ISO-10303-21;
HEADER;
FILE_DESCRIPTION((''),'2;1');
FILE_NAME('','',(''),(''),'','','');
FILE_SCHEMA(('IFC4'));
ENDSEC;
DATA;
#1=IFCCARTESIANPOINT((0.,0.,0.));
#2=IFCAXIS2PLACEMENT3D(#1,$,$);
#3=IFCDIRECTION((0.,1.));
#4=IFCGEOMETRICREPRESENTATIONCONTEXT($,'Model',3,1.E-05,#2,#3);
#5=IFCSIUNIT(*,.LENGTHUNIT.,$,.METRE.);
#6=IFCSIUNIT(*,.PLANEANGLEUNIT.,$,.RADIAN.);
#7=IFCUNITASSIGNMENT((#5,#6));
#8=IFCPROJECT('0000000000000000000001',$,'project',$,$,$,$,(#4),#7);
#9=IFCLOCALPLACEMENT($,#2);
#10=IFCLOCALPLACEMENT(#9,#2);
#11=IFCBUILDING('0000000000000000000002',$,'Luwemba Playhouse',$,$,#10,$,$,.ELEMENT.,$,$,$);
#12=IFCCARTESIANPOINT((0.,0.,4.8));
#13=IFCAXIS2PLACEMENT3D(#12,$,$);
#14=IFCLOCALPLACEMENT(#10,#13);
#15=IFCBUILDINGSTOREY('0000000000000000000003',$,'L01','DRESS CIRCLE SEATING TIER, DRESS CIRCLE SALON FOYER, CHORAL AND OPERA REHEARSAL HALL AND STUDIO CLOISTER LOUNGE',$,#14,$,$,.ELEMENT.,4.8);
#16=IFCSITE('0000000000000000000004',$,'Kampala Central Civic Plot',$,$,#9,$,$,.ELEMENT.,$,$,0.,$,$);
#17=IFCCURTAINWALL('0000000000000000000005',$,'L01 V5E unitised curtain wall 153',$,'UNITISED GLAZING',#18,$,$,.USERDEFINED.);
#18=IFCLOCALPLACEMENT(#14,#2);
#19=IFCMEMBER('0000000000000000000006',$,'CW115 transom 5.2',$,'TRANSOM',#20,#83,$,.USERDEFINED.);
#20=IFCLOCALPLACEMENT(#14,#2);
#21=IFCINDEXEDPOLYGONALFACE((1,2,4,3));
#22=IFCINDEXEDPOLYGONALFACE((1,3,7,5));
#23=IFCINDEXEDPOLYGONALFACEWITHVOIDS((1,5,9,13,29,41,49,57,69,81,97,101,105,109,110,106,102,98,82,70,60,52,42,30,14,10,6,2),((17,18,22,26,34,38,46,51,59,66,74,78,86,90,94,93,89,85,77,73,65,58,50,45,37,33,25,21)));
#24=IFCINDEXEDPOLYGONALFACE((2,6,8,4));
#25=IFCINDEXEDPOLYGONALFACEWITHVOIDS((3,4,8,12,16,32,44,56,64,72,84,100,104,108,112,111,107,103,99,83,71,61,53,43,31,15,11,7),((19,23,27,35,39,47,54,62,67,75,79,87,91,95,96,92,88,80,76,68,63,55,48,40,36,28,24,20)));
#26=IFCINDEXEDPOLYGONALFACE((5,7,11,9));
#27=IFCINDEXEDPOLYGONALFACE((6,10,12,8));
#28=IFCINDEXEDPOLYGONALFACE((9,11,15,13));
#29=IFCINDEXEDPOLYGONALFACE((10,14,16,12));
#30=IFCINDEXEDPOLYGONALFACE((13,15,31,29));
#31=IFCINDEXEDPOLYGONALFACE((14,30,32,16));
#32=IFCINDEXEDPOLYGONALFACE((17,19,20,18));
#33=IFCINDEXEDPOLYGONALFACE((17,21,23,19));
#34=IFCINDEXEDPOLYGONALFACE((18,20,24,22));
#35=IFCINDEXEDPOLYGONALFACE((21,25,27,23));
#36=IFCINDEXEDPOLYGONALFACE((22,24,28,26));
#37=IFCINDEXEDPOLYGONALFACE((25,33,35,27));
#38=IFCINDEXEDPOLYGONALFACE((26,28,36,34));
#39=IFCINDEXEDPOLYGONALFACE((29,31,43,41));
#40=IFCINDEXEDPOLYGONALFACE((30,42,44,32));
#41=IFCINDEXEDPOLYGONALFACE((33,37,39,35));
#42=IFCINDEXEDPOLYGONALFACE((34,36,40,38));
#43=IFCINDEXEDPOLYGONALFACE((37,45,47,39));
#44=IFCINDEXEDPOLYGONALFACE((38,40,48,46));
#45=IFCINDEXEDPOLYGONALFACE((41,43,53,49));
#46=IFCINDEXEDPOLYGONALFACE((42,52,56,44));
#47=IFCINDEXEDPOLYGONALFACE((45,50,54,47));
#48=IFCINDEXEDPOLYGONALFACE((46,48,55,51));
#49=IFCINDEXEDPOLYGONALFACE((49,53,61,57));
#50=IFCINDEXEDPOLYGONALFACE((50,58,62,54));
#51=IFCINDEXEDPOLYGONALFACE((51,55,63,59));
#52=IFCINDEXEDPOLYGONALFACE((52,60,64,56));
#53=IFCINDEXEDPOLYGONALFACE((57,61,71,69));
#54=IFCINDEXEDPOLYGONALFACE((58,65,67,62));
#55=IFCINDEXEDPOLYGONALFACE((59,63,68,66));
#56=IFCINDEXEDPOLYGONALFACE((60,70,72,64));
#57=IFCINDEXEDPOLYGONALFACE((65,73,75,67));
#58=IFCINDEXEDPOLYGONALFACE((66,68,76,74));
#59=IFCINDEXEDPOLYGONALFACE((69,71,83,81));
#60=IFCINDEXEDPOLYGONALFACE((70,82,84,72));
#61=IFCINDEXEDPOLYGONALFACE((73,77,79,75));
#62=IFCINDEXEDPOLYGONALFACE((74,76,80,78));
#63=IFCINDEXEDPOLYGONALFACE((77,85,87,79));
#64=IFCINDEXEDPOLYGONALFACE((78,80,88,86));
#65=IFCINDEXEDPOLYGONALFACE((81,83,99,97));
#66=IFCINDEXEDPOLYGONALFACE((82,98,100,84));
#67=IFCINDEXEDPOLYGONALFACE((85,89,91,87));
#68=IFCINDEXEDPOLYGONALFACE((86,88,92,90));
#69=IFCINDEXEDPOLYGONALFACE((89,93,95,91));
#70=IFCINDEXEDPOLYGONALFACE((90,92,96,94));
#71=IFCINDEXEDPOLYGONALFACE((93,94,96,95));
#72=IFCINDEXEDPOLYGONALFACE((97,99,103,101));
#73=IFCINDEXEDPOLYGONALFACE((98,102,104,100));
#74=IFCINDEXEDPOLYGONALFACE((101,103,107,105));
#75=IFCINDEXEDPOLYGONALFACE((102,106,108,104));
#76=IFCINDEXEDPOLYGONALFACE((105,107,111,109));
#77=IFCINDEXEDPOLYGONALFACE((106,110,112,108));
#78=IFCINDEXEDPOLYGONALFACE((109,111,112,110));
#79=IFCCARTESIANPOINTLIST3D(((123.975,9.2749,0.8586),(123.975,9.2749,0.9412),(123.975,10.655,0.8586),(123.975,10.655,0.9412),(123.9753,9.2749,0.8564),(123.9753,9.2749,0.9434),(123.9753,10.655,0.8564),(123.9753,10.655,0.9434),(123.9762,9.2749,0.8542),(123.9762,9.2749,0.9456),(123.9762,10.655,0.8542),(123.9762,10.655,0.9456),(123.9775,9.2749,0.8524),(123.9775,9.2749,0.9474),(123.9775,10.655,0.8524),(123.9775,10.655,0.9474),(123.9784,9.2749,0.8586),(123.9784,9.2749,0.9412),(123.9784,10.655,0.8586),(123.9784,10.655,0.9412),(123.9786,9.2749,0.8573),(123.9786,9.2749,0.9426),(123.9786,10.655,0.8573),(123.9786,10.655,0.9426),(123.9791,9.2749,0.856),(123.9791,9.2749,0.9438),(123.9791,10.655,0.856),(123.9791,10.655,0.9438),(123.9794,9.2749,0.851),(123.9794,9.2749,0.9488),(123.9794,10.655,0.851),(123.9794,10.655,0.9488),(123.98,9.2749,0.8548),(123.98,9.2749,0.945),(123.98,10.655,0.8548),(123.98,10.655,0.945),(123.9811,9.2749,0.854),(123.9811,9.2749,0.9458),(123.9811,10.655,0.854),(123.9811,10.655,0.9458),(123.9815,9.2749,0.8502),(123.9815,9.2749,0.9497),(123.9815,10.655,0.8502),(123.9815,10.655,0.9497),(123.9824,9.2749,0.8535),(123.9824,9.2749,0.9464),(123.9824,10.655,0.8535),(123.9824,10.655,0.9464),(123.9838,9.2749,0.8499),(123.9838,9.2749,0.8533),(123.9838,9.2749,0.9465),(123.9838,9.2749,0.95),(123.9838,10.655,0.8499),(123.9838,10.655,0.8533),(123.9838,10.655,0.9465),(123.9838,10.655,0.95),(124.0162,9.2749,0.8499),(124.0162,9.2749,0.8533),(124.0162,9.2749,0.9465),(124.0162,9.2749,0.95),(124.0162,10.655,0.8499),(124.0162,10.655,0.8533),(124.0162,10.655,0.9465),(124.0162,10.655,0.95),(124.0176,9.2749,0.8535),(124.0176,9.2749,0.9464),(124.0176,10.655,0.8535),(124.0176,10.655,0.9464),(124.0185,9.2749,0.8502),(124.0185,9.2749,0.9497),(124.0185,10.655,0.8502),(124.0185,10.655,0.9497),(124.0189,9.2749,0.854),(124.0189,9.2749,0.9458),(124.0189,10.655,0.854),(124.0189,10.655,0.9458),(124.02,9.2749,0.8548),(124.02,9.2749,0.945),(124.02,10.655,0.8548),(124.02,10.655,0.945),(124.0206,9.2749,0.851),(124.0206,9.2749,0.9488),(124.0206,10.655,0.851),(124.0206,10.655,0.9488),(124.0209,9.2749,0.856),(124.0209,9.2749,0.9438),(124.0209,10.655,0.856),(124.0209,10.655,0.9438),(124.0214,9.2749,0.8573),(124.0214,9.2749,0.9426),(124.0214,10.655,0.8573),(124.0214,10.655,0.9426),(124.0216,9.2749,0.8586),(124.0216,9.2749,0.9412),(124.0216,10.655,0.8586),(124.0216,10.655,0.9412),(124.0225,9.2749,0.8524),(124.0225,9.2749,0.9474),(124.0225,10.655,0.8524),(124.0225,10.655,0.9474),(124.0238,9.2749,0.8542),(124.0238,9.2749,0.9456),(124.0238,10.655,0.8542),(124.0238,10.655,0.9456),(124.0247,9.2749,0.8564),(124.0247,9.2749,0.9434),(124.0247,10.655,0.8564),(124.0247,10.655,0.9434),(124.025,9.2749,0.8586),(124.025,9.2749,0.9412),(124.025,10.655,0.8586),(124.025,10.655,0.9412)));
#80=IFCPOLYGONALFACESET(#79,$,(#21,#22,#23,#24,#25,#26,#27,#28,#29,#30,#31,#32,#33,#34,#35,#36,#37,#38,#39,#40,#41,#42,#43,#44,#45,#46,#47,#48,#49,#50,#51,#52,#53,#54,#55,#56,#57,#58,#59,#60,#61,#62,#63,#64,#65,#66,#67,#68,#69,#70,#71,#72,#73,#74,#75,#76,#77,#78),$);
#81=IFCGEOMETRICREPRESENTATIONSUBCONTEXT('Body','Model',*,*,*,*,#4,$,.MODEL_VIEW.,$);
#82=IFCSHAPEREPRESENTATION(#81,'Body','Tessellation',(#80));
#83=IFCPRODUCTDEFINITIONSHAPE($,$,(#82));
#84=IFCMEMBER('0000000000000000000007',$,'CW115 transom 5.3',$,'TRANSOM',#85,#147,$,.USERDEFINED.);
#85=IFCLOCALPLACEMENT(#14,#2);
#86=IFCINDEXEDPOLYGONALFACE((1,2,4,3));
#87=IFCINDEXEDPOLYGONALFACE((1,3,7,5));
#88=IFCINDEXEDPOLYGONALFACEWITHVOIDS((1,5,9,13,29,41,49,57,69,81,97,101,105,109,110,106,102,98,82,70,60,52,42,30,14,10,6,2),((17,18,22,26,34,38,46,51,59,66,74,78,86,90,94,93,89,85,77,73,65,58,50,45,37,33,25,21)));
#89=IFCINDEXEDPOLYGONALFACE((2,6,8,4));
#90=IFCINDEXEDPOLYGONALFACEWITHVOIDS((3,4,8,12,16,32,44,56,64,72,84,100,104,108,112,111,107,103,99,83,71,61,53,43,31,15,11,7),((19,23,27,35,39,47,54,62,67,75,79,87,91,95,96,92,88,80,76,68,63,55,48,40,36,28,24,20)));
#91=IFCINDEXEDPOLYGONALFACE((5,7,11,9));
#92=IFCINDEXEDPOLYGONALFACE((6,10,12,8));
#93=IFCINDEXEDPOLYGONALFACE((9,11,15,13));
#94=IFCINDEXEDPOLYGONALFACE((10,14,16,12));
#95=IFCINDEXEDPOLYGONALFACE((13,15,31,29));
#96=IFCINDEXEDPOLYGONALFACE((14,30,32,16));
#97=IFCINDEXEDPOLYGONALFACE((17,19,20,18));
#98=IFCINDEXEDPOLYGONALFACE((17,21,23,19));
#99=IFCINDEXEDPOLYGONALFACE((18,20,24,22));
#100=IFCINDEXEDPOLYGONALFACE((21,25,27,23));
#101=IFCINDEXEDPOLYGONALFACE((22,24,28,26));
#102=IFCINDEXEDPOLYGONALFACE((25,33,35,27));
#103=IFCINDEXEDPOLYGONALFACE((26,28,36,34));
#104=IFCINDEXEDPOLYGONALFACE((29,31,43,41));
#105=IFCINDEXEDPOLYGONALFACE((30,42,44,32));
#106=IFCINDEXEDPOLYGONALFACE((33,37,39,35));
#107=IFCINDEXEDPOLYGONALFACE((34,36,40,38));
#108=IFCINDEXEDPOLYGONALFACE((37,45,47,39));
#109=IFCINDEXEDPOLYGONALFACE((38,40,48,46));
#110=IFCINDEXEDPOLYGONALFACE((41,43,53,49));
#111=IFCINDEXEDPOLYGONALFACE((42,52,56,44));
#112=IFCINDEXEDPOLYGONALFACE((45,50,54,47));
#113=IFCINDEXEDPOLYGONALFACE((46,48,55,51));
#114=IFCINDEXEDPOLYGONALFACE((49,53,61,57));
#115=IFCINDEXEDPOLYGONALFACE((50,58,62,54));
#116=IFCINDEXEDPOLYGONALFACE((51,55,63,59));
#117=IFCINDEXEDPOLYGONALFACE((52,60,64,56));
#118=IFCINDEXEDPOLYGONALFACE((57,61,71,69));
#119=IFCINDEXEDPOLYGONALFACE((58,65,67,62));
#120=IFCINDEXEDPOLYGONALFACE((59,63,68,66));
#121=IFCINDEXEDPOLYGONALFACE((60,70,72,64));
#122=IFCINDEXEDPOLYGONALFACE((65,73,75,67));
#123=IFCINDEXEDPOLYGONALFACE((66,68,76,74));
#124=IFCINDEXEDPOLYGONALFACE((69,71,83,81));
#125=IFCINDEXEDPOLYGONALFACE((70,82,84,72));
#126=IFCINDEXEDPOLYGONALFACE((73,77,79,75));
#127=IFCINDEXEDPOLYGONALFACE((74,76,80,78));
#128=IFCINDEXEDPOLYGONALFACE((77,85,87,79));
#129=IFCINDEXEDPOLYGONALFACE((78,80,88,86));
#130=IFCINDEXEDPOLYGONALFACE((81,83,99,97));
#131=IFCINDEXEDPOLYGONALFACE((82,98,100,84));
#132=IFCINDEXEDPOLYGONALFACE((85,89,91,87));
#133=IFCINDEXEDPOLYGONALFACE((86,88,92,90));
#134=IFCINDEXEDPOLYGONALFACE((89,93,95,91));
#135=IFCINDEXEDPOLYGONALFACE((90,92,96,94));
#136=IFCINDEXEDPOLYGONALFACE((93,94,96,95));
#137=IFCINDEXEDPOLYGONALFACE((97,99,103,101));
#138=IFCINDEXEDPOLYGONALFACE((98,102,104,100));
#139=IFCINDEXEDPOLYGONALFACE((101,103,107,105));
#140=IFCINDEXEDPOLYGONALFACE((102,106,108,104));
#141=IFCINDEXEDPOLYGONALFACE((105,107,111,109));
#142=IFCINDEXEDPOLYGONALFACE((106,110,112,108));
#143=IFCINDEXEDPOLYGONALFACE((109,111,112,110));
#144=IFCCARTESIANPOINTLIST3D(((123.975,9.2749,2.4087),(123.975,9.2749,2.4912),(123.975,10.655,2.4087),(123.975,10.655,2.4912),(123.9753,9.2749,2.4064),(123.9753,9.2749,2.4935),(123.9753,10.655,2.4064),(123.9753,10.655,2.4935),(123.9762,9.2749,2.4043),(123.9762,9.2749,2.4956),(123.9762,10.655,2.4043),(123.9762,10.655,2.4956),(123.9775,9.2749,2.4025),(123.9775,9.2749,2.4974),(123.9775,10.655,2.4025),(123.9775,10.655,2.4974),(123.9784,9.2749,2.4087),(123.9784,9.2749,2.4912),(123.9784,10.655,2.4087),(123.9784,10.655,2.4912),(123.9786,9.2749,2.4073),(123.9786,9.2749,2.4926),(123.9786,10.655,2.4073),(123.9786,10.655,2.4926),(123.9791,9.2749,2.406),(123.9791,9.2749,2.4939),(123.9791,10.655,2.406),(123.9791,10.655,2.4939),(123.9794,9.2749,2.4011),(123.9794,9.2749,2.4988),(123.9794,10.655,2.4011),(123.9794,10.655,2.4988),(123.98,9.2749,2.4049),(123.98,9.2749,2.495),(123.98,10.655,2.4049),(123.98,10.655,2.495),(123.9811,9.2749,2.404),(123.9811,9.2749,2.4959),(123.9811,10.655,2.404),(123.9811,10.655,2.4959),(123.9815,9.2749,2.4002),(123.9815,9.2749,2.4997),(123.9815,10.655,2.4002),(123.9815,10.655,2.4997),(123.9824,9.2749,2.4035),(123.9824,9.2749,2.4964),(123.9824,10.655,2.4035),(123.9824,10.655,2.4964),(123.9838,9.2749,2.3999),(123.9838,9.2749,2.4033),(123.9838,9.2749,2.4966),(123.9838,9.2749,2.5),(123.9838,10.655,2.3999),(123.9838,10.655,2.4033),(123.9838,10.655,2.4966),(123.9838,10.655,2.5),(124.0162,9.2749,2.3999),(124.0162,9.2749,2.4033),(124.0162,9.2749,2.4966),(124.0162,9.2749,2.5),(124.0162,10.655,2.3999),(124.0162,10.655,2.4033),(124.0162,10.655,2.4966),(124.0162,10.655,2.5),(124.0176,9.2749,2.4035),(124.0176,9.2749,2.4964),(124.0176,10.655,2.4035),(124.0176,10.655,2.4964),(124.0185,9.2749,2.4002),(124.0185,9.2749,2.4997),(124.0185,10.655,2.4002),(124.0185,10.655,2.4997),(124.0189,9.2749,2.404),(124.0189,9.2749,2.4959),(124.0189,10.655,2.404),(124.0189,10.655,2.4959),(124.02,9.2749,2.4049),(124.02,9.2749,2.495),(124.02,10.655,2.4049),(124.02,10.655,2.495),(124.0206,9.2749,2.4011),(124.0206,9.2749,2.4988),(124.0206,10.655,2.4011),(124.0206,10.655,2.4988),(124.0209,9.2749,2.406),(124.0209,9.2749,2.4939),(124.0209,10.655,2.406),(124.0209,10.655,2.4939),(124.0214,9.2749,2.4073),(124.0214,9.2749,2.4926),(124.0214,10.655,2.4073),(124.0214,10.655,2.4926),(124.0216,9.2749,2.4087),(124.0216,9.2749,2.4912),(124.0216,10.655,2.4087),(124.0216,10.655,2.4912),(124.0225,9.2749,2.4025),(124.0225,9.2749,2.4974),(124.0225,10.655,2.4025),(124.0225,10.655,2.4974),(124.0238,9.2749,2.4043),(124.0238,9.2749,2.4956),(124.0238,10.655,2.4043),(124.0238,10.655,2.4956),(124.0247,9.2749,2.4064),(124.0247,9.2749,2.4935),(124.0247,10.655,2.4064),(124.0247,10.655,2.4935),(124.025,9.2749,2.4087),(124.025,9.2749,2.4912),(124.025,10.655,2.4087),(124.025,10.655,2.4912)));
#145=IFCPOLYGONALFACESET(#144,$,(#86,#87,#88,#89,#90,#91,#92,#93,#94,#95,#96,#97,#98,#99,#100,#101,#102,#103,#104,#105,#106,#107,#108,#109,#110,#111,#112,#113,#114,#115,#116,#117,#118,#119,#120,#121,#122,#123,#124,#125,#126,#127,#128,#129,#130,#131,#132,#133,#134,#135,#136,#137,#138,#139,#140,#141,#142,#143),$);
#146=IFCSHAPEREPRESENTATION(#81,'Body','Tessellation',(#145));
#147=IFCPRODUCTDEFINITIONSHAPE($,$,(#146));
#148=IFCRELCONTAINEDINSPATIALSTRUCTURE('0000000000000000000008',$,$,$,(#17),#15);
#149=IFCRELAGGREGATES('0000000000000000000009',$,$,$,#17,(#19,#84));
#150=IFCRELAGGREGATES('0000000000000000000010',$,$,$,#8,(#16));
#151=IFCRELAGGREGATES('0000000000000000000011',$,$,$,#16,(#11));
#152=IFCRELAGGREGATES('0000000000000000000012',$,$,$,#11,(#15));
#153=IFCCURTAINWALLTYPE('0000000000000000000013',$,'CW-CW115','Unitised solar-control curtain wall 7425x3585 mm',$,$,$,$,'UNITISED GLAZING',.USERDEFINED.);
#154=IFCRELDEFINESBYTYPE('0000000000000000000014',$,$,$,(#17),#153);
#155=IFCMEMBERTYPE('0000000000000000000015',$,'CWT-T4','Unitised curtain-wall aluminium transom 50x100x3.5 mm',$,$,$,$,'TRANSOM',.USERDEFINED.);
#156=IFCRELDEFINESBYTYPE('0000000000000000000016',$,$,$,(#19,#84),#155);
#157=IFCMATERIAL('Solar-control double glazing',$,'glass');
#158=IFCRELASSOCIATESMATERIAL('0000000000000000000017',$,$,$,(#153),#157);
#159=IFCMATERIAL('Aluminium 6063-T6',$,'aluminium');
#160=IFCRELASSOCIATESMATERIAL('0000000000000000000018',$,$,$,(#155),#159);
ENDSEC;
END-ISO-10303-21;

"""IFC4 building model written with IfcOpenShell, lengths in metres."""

from ifc_helpers import new_model, si_unit, direction, frame, origin, origin_2d, place, context, subcontext, project, spatial, hollow_rectangle, extrude, material, material_profile, profile_set, type_object, element, aggregate, save


model = new_model("IFC4")

# Units and contexts
model_context = context("Model", 3, precision=1e-05, world=origin(), true_north=direction((0.0, 1.0)))
body_context = subcontext(model_context, "Body", "Model", "MODEL_VIEW")
ifc_project = project(units=[si_unit("LENGTHUNIT", "METRE"), si_unit("PLANEANGLEUNIT", "RADIAN")], contexts=[model_context])

# Site, building, storey
site_placement = place(None, origin())
site = spatial("IfcSite", under=ifc_project, at=site_placement, Name="Kampala Central Civic Plot", CompositionType="ELEMENT", RefElevation=0.0)
building_placement = place(site_placement, origin())
building = spatial("IfcBuilding", under=site, at=building_placement, Name="Luwemba Playhouse", CompositionType="ELEMENT")
storey_placement = place(building_placement, frame((0.0, 0.0, 4.8)))
storey = spatial("IfcBuildingStorey", under=building, at=storey_placement, Name="L01", Description="DRESS CIRCLE SEATING TIER, DRESS CIRCLE SALON FOYER, CHORAL AND OPERA REHEARSAL HALL AND STUDIO CLOISTER LOUNGE", CompositionType="ELEMENT", Elevation=4.8)

# Curtain wall, members
ifc_material_1 = material(Name="Solar-control double glazing", Category="glass")
curtain_wall_type = type_object("IfcCurtainWallType", Name="CW-CW115", Description="Unitised solar-control curtain wall 7425x3585 mm", ElementType="UNITISED GLAZING", PredefinedType="USERDEFINED", material=ifc_material_1)
curtain_wall_placement = place(storey_placement, origin())
curtain_wall = element("IfcCurtainWall", 1, at=curtain_wall_placement, inside=storey, type_object=curtain_wall_type, Name="L01 V5E unitised curtain wall 153", ObjectType="UNITISED GLAZING", PredefinedType="USERDEFINED")
ifc_material_2 = material(Name="Aluminium 6063-T6", Category="aluminium")
ifc_material_profile_1 = material_profile(ifc_material_2, hollow_rectangle(XDim=0.05, YDim=0.1001, WallThickness=0.0034, InnerFilletRadius=0.0054, OuterFilletRadius=0.0088, at=origin_2d()))
ifc_profile_set_1 = profile_set([ifc_material_profile_1], Name="Aluminium 6063-T6")
member_type_1 = type_object("IfcMemberType", Name="CWT-T4", Description="Unitised curtain-wall aluminium transom 50x100x3.5 mm", ElementType="TRANSOM", PredefinedType="USERDEFINED", material=ifc_profile_set_1)
member_1_placement = place(storey_placement, frame((124.0, 9.2749, 0.8999), z_axis=(0.0, 1.0, 0.0), x_axis=(-1.0, 0.0, 0.0)))
member_1 = element("IfcMember", 2, at=member_1_placement, type_object=member_type_1, Name="CW115 transom 5.2", ObjectType="TRANSOM", PredefinedType="USERDEFINED", context=body_context, shape_type="SweptSolid", body=[
    extrude(hollow_rectangle(XDim=0.05, YDim=0.1001, WallThickness=0.0034, InnerFilletRadius=0.0054, OuterFilletRadius=0.0088, at=origin_2d()), origin(), (0.0, 0.0, 1.0), 1.3801),
])
member_2_placement = place(storey_placement, frame((124.0, 9.2749, 2.45), z_axis=(0.0, 1.0, 0.0), x_axis=(-1.0, 0.0, 0.0)))
member_2 = element("IfcMember", 3, at=member_2_placement, type_object=member_type_1, Name="CW115 transom 5.3", ObjectType="TRANSOM", PredefinedType="USERDEFINED", context=body_context, shape_type="SweptSolid", body=[
    extrude(hollow_rectangle(XDim=0.05, YDim=0.1001, WallThickness=0.0034, InnerFilletRadius=0.0054, OuterFilletRadius=0.0088, at=origin_2d()), origin(), (0.0, 0.0, 1.0), 1.3801),
])

aggregate(curtain_wall, [member_1, member_2])

save(model, "model.ifc")
